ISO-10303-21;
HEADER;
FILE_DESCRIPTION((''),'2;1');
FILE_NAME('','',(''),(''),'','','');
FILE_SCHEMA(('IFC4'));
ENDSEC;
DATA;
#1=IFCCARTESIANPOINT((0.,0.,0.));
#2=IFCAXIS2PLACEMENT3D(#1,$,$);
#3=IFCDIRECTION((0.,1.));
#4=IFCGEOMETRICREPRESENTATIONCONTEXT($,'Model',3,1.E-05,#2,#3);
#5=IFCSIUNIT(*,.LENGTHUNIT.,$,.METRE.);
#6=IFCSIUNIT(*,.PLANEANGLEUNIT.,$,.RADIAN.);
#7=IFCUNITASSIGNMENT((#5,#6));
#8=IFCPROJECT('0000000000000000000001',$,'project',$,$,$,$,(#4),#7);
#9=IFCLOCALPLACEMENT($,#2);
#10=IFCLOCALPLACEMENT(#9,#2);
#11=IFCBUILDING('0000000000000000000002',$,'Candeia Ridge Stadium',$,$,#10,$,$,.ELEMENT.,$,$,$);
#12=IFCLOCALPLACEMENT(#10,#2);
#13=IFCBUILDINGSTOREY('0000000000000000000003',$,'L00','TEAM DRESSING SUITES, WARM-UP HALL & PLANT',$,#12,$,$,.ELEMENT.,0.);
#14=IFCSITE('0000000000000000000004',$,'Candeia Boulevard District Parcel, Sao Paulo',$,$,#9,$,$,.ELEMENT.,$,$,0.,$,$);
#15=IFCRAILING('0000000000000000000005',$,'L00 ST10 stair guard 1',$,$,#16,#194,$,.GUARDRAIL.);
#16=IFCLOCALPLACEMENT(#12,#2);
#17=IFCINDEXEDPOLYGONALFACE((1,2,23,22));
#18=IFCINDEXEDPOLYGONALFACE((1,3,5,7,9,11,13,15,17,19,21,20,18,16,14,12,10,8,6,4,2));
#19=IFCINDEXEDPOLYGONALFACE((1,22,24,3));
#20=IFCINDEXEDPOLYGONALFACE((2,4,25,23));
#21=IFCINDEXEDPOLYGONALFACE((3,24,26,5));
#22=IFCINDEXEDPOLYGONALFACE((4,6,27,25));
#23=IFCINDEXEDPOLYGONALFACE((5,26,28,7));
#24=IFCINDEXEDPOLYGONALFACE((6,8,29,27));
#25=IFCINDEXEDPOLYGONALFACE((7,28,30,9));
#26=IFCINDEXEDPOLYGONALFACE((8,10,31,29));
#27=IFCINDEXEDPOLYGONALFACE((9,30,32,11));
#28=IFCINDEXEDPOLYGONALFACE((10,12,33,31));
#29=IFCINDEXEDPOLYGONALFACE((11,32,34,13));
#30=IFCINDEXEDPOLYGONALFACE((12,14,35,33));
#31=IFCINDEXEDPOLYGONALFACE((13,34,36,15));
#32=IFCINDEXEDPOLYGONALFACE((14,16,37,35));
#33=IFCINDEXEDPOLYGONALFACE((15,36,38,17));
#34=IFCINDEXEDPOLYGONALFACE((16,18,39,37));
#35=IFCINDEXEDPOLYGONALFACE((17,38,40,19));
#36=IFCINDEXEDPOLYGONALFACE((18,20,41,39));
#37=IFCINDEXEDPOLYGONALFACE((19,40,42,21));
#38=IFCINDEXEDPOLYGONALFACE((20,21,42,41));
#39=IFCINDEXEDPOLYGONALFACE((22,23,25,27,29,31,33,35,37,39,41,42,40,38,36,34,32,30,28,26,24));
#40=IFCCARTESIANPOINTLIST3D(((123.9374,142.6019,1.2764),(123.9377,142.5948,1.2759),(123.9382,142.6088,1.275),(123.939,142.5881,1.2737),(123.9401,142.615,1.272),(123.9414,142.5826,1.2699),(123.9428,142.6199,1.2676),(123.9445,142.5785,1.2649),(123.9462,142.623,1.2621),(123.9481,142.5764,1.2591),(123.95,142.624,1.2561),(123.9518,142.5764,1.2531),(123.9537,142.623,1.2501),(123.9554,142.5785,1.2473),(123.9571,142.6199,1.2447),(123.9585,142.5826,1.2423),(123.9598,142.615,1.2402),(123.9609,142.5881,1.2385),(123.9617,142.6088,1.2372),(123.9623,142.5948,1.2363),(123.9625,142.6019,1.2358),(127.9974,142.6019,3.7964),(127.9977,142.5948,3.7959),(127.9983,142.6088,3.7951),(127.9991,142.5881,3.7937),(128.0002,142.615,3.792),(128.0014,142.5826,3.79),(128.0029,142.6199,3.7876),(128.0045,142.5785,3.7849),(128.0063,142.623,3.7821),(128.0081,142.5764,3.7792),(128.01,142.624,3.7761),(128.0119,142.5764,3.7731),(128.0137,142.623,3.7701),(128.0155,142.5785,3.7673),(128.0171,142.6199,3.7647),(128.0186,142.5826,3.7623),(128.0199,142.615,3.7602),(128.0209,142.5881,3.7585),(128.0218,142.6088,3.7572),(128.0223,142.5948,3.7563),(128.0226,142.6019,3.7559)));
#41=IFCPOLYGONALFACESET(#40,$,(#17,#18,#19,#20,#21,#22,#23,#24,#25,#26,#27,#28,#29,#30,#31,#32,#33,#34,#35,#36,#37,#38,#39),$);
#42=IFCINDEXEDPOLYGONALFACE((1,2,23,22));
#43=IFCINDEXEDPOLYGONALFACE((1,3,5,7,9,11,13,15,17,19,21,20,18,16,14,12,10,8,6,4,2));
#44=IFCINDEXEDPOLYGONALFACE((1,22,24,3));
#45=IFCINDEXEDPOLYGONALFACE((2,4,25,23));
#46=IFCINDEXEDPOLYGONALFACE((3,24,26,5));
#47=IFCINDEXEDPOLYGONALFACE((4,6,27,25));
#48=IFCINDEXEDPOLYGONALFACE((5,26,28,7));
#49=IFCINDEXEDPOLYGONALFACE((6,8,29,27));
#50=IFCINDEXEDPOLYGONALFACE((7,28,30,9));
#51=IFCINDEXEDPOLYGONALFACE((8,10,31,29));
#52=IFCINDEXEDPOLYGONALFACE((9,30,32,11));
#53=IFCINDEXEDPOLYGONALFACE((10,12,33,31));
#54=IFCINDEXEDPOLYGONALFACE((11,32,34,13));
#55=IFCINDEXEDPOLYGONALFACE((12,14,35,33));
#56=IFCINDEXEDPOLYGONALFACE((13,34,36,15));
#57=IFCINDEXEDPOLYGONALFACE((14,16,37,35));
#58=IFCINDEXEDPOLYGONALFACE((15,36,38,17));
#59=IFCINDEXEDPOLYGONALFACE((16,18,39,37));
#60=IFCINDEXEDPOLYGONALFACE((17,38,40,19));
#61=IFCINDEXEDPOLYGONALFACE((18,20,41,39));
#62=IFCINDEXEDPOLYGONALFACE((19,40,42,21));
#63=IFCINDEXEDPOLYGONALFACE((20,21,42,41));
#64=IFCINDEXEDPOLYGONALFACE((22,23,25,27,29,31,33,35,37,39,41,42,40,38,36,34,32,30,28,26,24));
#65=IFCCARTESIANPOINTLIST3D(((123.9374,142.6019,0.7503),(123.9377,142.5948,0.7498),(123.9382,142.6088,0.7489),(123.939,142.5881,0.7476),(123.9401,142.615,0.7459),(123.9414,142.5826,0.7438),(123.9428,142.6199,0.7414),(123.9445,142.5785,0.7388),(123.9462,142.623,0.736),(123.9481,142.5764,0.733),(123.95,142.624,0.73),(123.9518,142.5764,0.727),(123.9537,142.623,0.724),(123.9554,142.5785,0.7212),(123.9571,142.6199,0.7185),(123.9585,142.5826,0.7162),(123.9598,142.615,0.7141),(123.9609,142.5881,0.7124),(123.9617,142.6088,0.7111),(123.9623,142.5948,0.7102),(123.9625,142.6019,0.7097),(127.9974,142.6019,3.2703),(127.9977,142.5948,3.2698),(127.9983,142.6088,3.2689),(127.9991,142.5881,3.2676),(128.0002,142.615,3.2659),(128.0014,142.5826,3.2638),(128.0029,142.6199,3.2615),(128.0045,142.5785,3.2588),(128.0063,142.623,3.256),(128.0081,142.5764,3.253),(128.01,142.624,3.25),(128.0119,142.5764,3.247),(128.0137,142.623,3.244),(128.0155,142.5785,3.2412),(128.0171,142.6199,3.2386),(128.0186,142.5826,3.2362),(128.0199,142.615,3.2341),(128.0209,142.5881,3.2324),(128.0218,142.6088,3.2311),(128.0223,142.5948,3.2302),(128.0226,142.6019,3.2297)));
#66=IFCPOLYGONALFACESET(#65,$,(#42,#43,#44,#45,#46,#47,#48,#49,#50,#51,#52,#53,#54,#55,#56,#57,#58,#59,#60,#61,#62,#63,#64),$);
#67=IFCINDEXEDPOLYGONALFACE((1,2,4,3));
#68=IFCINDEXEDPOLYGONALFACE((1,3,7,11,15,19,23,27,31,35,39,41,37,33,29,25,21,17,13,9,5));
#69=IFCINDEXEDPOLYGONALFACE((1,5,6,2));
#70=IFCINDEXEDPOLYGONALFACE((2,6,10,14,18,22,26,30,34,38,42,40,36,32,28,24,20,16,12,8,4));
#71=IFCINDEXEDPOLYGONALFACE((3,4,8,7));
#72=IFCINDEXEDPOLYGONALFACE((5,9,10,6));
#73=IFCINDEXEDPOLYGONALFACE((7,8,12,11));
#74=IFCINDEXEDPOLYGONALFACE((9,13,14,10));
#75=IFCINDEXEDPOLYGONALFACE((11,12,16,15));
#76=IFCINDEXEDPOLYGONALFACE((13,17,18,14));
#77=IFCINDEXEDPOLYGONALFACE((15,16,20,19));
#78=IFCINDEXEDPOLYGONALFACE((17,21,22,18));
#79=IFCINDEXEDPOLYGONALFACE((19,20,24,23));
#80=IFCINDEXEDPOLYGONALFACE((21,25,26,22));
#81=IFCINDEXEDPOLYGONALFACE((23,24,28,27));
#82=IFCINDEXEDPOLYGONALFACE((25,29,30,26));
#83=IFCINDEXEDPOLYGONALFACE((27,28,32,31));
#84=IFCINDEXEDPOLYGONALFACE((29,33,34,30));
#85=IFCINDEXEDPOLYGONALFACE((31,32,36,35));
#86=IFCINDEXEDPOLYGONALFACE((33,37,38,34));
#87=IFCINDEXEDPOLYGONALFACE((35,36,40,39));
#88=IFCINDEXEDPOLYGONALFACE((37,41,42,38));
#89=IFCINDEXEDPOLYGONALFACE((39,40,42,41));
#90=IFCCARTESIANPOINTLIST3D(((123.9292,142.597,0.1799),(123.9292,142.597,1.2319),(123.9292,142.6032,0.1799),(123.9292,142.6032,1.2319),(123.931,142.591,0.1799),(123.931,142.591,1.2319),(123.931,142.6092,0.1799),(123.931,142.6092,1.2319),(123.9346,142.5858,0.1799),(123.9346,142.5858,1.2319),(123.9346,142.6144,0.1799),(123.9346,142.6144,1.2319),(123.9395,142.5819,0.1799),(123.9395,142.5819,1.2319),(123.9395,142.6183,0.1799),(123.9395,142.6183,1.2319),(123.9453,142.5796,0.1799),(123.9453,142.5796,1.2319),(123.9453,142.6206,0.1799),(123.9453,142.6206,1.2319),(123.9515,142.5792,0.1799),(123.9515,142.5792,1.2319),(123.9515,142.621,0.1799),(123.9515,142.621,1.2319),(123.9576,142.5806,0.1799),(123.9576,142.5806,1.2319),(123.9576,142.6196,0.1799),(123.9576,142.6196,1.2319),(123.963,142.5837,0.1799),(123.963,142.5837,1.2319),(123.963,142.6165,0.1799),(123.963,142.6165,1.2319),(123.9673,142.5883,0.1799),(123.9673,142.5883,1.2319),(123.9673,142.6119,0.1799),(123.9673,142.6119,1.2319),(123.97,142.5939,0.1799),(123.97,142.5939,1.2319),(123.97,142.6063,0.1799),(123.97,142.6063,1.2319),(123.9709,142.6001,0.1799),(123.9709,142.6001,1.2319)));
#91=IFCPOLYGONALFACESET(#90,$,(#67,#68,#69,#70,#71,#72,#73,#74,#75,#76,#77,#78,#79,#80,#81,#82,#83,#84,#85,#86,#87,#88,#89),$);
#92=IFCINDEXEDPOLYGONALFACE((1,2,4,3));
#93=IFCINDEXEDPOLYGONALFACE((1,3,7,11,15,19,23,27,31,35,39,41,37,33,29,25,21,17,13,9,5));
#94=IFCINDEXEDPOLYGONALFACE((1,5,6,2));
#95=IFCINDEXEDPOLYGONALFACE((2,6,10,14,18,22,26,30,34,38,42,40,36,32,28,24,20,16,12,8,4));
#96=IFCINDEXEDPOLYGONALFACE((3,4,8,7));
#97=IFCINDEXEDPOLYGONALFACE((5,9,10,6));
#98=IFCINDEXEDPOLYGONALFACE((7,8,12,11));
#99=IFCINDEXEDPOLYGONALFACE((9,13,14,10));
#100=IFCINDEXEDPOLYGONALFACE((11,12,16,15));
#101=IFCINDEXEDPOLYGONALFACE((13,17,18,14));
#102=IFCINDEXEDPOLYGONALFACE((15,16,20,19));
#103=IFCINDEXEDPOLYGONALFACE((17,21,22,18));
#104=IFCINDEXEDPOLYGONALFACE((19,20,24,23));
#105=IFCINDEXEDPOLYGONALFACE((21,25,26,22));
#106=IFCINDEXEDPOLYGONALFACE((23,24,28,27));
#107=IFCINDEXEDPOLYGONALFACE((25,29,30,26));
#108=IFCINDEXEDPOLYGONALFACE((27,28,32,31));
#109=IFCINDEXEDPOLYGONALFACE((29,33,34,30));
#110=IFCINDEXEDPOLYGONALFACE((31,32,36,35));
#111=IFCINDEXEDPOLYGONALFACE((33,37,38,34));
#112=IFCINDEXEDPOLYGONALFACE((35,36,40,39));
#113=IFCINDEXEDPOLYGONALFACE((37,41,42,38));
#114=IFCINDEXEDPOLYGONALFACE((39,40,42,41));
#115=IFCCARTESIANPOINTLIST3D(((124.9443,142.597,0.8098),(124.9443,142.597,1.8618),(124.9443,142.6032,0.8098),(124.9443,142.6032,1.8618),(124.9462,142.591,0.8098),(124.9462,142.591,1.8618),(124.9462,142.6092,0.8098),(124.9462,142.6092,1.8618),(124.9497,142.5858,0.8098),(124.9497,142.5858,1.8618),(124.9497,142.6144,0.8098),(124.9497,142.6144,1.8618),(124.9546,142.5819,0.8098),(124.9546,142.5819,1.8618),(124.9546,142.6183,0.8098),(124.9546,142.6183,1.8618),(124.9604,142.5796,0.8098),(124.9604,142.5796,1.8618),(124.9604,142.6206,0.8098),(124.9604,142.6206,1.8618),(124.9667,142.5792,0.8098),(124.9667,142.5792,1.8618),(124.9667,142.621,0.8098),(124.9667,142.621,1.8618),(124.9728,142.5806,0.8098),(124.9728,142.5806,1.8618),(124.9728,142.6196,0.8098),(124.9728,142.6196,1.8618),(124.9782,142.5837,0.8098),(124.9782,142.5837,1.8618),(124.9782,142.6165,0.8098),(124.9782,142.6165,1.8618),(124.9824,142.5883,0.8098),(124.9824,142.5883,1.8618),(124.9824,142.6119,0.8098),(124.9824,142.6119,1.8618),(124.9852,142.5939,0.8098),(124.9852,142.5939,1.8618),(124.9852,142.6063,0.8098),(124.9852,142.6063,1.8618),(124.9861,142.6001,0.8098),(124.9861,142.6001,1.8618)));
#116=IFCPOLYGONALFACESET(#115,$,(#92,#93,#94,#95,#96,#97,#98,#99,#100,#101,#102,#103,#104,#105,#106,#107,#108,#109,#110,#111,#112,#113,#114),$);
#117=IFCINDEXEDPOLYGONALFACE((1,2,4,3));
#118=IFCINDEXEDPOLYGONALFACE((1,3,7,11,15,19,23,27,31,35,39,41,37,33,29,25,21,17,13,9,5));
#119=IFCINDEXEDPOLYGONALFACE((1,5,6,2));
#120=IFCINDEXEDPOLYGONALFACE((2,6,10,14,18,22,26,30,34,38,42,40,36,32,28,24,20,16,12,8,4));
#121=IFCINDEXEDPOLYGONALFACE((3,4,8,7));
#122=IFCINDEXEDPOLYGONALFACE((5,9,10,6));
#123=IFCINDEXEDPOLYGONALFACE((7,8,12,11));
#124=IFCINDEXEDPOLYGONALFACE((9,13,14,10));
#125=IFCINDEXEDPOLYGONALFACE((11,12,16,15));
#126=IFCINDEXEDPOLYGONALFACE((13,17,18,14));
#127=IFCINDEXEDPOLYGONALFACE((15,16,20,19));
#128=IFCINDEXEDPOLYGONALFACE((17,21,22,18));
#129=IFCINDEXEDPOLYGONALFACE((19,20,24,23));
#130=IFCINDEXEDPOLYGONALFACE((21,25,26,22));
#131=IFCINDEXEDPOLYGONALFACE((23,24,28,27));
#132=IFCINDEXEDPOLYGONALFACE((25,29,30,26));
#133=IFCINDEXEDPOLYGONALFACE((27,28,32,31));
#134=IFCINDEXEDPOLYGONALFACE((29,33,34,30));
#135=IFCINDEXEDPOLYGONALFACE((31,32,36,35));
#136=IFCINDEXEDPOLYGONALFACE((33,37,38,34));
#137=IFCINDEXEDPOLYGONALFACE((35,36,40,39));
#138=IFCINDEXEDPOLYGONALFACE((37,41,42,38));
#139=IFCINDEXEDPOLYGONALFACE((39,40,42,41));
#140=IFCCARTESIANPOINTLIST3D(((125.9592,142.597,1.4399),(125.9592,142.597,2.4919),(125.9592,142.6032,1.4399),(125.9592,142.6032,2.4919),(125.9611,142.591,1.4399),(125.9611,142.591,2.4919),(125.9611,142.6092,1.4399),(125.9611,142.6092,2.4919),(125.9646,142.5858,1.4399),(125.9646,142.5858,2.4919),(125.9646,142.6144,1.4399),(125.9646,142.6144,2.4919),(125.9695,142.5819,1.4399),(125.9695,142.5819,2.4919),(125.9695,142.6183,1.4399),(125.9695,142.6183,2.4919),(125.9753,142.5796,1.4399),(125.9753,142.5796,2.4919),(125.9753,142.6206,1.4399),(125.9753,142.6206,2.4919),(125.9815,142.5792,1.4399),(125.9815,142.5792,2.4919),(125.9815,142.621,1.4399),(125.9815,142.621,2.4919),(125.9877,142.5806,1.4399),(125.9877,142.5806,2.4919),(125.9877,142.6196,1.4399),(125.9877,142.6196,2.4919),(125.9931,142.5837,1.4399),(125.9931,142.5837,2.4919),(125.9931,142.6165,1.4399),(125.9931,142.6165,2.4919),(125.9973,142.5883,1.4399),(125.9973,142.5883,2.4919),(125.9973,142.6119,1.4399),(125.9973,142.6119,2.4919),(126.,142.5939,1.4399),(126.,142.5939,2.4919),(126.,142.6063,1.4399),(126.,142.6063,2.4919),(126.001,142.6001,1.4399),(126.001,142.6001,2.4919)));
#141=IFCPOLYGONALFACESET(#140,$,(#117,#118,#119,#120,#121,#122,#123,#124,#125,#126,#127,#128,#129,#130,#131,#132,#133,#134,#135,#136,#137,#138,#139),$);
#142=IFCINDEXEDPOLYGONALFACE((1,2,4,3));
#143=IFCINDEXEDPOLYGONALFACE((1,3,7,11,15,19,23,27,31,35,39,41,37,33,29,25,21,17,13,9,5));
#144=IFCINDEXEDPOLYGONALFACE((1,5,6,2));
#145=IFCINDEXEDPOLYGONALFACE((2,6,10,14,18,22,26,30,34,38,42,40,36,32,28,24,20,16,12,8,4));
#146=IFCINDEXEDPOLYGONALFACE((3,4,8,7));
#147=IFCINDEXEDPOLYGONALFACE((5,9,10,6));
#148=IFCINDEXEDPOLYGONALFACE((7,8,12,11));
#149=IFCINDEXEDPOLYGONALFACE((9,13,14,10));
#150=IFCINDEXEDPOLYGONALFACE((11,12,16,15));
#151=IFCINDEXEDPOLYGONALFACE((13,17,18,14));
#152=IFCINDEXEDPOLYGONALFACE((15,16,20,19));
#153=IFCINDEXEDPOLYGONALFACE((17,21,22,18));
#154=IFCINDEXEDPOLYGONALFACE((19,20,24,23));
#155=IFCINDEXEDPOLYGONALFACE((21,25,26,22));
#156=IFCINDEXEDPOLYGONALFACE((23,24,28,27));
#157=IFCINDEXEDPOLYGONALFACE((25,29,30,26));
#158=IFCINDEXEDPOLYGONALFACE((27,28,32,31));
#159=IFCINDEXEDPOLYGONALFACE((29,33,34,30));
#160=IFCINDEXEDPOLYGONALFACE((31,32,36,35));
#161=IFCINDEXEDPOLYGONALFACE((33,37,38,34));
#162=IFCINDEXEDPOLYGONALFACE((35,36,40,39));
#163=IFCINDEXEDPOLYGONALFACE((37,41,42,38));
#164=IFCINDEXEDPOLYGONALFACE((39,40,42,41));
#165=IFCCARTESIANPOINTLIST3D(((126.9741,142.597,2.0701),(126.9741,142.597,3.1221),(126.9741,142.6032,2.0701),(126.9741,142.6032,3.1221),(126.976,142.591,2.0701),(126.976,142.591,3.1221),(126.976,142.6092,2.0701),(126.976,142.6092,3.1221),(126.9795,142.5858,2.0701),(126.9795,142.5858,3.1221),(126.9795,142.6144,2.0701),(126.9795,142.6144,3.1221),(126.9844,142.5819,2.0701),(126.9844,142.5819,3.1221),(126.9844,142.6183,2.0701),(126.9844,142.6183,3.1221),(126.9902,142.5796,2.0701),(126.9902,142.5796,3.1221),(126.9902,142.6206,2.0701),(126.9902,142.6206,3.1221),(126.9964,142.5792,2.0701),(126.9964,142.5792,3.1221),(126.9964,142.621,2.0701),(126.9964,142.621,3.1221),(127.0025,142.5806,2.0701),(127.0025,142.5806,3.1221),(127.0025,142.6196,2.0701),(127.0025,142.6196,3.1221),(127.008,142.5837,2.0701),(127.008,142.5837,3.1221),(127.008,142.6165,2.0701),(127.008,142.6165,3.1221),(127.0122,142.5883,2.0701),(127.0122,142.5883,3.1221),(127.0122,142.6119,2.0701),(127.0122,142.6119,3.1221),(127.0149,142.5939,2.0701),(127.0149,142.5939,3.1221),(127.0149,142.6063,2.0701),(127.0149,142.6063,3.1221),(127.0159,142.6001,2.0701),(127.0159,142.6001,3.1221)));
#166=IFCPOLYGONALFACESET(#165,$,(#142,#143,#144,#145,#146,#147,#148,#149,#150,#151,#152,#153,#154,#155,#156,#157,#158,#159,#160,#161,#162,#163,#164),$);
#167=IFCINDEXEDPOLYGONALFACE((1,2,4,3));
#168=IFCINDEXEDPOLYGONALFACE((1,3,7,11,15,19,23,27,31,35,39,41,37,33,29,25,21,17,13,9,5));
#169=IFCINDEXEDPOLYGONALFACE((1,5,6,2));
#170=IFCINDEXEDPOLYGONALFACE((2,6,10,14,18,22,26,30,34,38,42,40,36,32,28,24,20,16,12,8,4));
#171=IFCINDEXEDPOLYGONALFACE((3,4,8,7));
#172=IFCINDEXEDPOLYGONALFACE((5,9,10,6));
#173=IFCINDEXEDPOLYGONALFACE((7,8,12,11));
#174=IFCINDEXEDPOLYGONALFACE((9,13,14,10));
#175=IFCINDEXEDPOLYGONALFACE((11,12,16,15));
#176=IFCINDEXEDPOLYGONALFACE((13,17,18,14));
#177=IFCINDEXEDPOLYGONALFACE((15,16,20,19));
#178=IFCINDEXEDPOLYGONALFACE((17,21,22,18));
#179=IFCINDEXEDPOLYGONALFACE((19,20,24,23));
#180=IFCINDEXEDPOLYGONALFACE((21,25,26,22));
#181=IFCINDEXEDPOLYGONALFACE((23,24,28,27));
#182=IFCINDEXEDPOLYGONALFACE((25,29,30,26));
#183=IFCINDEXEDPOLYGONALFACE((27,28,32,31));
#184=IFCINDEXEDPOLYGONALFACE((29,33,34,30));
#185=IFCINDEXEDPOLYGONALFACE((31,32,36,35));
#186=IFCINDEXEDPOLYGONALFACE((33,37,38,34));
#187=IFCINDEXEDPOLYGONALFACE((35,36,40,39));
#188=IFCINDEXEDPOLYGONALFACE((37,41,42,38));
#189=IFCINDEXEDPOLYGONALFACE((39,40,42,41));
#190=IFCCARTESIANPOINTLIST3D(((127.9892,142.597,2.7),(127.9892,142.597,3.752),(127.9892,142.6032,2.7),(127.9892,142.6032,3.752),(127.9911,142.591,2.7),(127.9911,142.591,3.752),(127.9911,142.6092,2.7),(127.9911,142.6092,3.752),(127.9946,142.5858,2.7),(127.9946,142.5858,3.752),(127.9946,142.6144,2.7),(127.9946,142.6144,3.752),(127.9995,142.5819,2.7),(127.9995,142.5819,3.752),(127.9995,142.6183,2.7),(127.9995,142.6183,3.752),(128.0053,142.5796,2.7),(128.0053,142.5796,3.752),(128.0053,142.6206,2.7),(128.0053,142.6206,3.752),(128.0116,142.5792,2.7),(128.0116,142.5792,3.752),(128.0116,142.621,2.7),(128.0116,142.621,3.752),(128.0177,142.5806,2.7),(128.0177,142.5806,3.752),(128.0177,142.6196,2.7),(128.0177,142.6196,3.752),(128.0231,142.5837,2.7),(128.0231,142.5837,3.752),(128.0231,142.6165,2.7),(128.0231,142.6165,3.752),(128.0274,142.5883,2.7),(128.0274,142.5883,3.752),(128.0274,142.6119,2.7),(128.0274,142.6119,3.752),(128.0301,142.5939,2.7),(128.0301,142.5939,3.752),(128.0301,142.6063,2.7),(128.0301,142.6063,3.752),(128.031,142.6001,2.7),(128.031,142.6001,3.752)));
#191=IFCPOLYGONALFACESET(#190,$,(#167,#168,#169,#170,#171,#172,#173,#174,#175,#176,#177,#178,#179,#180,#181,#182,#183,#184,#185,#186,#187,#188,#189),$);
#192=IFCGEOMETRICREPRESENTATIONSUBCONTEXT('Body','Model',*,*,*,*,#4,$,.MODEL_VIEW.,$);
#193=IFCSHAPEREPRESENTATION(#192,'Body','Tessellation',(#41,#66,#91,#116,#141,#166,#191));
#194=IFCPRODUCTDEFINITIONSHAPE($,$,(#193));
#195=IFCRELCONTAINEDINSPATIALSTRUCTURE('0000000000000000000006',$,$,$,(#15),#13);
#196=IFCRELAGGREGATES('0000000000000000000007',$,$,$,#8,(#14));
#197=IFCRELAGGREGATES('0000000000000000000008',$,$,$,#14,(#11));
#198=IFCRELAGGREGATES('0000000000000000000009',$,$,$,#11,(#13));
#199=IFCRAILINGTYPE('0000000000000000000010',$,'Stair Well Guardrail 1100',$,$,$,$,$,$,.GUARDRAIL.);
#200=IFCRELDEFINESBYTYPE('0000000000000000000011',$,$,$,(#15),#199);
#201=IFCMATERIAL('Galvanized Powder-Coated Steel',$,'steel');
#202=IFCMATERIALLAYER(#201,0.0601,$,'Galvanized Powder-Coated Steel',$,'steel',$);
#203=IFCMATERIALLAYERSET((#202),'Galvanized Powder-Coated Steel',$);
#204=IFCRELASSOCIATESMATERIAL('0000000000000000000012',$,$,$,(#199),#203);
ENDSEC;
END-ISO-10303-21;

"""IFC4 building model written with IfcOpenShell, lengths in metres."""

from ifc_helpers import new_model, si_unit, direction, frame, origin, origin_2d, place, context, subcontext, project, spatial, circle, extrude, material, layer, layer_set, type_object, element, save


model = new_model("IFC4")

# Units and contexts
model_context = context("Model", 3, precision=1e-05, world=origin(), true_north=direction((0.0, 1.0)))
body_context = subcontext(model_context, "Body", "Model", "MODEL_VIEW")
ifc_project = project(units=[si_unit("LENGTHUNIT", "METRE"), si_unit("PLANEANGLEUNIT", "RADIAN")], contexts=[model_context])

# Site, building, storey
site_placement = place(None, origin())
site = spatial("IfcSite", under=ifc_project, at=site_placement, Name="Candeia Boulevard District Parcel, Sao Paulo", CompositionType="ELEMENT", RefElevation=0.0)
building_placement = place(site_placement, origin())
building = spatial("IfcBuilding", under=site, at=building_placement, Name="Candeia Ridge Stadium", CompositionType="ELEMENT")
storey_placement = place(building_placement, origin())
storey = spatial("IfcBuildingStorey", under=building, at=storey_placement, Name="L00", Description="TEAM DRESSING SUITES, WARM-UP HALL & PLANT", CompositionType="ELEMENT", Elevation=0.0)

# Railing
ifc_material_1 = material(Name="Galvanized Powder-Coated Steel", Category="steel")
ifc_layer_1 = layer(ifc_material_1, 0.0601, Name="Galvanized Powder-Coated Steel", Category="steel")
ifc_layer_set_1 = layer_set([ifc_layer_1], Name="Galvanized Powder-Coated Steel")
railing_type_1 = type_object("IfcRailingType", Name="Stair Well Guardrail 1100", PredefinedType="GUARDRAIL", material=ifc_layer_set_1)
railing_1_placement = place(storey_placement, frame((123.95, 142.6001, 0.1799)))
element("IfcRailing", 1, at=railing_1_placement, inside=storey, type_object=railing_type_1, Name="L00 ST10 stair guard 1", PredefinedType="GUARDRAIL", context=body_context, shape_type="SweptSolid", body=[
    extrude(circle(Radius=0.0239, at=origin_2d()), frame((0.0, 0.0, 1.0762), z_axis=(0.849642, 0.0, 0.52736), x_axis=(0.0, 1.0, 0.0)), (0.0, 0.0, 1.0), 4.7786),
    extrude(circle(Radius=0.0239, at=origin_2d()), frame((0.0, 0.0, 0.55), z_axis=(0.849642, 0.0, 0.52736), x_axis=(0.0, 1.0, 0.0)), (0.0, 0.0, 1.0), 4.7786),
    extrude(circle(Radius=0.021, at=origin_2d()), origin(), (0.0, 0.0, 1.0), 1.052),
    extrude(circle(Radius=0.021, at=origin_2d()), frame((1.0151, 0.0, 0.6299)), (0.0, 0.0, 1.0), 1.052),
    extrude(circle(Radius=0.021, at=origin_2d()), frame((2.03, 0.0, 1.26)), (0.0, 0.0, 1.0), 1.052),
    extrude(circle(Radius=0.021, at=origin_2d()), frame((3.0449, 0.0, 1.8901)), (0.0, 0.0, 1.0), 1.052),
    extrude(circle(Radius=0.021, at=origin_2d()), frame((4.0601, 0.0, 2.52)), (0.0, 0.0, 1.0), 1.052),
])

save(model, "model.ifc")
